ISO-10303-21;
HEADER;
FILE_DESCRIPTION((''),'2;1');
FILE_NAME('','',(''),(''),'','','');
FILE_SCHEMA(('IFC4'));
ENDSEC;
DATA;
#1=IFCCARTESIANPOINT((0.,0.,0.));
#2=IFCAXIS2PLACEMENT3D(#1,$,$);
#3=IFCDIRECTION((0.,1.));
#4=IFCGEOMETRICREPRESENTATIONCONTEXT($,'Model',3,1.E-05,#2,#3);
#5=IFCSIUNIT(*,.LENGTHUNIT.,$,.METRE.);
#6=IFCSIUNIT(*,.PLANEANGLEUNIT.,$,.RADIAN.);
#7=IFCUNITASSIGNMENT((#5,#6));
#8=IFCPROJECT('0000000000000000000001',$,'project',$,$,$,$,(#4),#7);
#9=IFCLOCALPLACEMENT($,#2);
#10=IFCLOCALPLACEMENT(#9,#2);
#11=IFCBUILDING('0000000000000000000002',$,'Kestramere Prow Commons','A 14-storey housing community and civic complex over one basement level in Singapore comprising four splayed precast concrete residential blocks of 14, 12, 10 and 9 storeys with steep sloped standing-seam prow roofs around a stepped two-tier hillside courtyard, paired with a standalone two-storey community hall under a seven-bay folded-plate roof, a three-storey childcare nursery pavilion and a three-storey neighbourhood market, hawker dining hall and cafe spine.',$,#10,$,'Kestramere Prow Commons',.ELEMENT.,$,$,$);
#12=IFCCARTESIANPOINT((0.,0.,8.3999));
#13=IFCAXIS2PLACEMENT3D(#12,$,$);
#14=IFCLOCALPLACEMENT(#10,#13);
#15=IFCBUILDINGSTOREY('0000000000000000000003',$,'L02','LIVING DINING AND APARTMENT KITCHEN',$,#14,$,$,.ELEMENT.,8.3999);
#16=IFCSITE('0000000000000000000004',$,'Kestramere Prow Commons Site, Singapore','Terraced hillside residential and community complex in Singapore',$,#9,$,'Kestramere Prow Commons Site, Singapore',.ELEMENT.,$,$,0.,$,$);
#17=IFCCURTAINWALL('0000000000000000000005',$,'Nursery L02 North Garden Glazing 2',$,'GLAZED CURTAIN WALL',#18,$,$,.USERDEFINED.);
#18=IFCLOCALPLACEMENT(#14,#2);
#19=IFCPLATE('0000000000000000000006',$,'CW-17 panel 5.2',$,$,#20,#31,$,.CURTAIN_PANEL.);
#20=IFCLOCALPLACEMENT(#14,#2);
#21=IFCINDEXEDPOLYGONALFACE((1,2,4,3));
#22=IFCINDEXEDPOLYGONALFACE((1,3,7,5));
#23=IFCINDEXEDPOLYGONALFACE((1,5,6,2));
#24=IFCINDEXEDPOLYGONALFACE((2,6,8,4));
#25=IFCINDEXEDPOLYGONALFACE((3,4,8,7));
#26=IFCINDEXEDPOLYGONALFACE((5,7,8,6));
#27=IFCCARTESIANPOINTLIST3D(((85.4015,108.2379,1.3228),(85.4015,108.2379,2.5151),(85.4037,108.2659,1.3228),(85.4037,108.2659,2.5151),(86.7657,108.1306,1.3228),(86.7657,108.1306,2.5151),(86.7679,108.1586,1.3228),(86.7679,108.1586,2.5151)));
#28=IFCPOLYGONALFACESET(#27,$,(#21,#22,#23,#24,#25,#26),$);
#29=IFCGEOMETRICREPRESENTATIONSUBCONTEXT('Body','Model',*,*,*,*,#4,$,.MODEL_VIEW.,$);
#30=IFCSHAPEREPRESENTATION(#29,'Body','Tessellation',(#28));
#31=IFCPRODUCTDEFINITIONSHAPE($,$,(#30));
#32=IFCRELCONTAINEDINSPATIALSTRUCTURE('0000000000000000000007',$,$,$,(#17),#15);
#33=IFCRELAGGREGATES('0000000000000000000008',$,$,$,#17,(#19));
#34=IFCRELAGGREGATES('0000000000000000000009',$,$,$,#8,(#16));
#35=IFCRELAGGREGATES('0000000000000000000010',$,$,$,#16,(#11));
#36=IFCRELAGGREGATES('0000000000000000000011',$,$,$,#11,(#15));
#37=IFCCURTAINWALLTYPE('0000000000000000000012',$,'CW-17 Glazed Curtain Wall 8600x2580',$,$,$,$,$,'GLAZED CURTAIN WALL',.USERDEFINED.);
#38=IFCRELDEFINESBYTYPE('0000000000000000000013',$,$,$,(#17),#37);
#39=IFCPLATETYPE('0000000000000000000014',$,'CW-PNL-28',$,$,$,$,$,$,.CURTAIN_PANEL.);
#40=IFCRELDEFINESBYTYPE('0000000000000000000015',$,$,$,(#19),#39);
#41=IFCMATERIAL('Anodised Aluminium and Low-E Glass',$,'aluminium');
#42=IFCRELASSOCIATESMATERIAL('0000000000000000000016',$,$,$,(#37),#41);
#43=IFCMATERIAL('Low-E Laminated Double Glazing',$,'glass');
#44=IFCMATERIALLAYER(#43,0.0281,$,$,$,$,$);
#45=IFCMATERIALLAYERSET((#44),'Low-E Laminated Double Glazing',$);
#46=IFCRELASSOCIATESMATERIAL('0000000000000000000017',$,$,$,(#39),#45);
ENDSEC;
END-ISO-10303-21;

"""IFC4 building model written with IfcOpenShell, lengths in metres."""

from ifc_helpers import new_model, si_unit, direction, frame, origin, origin_2d, place, context, subcontext, project, spatial, rectangle, extrude, material, layer, layer_set, type_object, element, aggregate, save


model = new_model("IFC4")

# Units and contexts
model_context = context("Model", 3, precision=1e-05, world=origin(), true_north=direction((0.0, 1.0)))
body_context = subcontext(model_context, "Body", "Model", "MODEL_VIEW")
ifc_project = project(units=[si_unit("LENGTHUNIT", "METRE"), si_unit("PLANEANGLEUNIT", "RADIAN")], contexts=[model_context])

# Site, building, storey
site_placement = place(None, origin())
site = spatial("IfcSite", under=ifc_project, at=site_placement, Name="Kestramere Prow Commons Site, Singapore", Description="Terraced hillside residential and community complex in Singapore", LongName="Kestramere Prow Commons Site, Singapore", CompositionType="ELEMENT", RefElevation=0.0)
building_placement = place(site_placement, origin())
building = spatial("IfcBuilding", under=site, at=building_placement, Name="Kestramere Prow Commons", Description="A 14-storey housing community and civic complex over one basement level in Singapore comprising four splayed precast concrete residential blocks of 14, 12, 10 and 9 storeys with steep sloped standing-seam prow roofs around a stepped two-tier hillside courtyard, paired with a standalone two-storey community hall under a seven-bay folded-plate roof, a three-storey childcare nursery pavilion and a three-storey neighbourhood market, hawker dining hall and cafe spine.", LongName="Kestramere Prow Commons", CompositionType="ELEMENT")
storey_placement = place(building_placement, frame((0.0, 0.0, 8.3999)))
storey = spatial("IfcBuildingStorey", under=building, at=storey_placement, Name="L02", Description="LIVING DINING AND APARTMENT KITCHEN", CompositionType="ELEMENT", Elevation=8.3999)

# Curtain wall
ifc_material_1 = material(Name="Anodised Aluminium and Low-E Glass", Category="aluminium")
curtain_wall_type = type_object("IfcCurtainWallType", Name="CW-17 Glazed Curtain Wall 8600x2580", ElementType="GLAZED CURTAIN WALL", PredefinedType="USERDEFINED", material=ifc_material_1)
curtain_wall_placement = place(storey_placement, origin())
curtain_wall = element("IfcCurtainWall", 1, at=curtain_wall_placement, inside=storey, type_object=curtain_wall_type, Name="Nursery L02 North Garden Glazing 2", ObjectType="GLAZED CURTAIN WALL", PredefinedType="USERDEFINED")

# Plate
ifc_material_2 = material(Name="Low-E Laminated Double Glazing", Category="glass")
ifc_layer = layer(ifc_material_2, 0.0281)
ifc_layer_set = layer_set([ifc_layer], Name="Low-E Laminated Double Glazing")
plate_type = type_object("IfcPlateType", Name="CW-PNL-28", PredefinedType="CURTAIN_PANEL", material=ifc_layer_set)
plate_1_placement = place(storey_placement, frame((86.0847, 108.1982, 1.3228), z_axis=(0.0, 0.0, 1.0), x_axis=(0.996917, -0.078459, 0.0)))
plate_1 = element("IfcPlate", 2, at=plate_1_placement, type_object=plate_type, Name="CW-17 panel 5.2", PredefinedType="CURTAIN_PANEL", context=body_context, shape_type="SweptSolid", body=[
    extrude(rectangle(XDim=1.3684, YDim=0.0281, at=origin_2d()), origin(), (0.0, 0.0, 1.0), 1.1924),
])
aggregate(curtain_wall, [plate_1])

save(model, "model.ifc")
